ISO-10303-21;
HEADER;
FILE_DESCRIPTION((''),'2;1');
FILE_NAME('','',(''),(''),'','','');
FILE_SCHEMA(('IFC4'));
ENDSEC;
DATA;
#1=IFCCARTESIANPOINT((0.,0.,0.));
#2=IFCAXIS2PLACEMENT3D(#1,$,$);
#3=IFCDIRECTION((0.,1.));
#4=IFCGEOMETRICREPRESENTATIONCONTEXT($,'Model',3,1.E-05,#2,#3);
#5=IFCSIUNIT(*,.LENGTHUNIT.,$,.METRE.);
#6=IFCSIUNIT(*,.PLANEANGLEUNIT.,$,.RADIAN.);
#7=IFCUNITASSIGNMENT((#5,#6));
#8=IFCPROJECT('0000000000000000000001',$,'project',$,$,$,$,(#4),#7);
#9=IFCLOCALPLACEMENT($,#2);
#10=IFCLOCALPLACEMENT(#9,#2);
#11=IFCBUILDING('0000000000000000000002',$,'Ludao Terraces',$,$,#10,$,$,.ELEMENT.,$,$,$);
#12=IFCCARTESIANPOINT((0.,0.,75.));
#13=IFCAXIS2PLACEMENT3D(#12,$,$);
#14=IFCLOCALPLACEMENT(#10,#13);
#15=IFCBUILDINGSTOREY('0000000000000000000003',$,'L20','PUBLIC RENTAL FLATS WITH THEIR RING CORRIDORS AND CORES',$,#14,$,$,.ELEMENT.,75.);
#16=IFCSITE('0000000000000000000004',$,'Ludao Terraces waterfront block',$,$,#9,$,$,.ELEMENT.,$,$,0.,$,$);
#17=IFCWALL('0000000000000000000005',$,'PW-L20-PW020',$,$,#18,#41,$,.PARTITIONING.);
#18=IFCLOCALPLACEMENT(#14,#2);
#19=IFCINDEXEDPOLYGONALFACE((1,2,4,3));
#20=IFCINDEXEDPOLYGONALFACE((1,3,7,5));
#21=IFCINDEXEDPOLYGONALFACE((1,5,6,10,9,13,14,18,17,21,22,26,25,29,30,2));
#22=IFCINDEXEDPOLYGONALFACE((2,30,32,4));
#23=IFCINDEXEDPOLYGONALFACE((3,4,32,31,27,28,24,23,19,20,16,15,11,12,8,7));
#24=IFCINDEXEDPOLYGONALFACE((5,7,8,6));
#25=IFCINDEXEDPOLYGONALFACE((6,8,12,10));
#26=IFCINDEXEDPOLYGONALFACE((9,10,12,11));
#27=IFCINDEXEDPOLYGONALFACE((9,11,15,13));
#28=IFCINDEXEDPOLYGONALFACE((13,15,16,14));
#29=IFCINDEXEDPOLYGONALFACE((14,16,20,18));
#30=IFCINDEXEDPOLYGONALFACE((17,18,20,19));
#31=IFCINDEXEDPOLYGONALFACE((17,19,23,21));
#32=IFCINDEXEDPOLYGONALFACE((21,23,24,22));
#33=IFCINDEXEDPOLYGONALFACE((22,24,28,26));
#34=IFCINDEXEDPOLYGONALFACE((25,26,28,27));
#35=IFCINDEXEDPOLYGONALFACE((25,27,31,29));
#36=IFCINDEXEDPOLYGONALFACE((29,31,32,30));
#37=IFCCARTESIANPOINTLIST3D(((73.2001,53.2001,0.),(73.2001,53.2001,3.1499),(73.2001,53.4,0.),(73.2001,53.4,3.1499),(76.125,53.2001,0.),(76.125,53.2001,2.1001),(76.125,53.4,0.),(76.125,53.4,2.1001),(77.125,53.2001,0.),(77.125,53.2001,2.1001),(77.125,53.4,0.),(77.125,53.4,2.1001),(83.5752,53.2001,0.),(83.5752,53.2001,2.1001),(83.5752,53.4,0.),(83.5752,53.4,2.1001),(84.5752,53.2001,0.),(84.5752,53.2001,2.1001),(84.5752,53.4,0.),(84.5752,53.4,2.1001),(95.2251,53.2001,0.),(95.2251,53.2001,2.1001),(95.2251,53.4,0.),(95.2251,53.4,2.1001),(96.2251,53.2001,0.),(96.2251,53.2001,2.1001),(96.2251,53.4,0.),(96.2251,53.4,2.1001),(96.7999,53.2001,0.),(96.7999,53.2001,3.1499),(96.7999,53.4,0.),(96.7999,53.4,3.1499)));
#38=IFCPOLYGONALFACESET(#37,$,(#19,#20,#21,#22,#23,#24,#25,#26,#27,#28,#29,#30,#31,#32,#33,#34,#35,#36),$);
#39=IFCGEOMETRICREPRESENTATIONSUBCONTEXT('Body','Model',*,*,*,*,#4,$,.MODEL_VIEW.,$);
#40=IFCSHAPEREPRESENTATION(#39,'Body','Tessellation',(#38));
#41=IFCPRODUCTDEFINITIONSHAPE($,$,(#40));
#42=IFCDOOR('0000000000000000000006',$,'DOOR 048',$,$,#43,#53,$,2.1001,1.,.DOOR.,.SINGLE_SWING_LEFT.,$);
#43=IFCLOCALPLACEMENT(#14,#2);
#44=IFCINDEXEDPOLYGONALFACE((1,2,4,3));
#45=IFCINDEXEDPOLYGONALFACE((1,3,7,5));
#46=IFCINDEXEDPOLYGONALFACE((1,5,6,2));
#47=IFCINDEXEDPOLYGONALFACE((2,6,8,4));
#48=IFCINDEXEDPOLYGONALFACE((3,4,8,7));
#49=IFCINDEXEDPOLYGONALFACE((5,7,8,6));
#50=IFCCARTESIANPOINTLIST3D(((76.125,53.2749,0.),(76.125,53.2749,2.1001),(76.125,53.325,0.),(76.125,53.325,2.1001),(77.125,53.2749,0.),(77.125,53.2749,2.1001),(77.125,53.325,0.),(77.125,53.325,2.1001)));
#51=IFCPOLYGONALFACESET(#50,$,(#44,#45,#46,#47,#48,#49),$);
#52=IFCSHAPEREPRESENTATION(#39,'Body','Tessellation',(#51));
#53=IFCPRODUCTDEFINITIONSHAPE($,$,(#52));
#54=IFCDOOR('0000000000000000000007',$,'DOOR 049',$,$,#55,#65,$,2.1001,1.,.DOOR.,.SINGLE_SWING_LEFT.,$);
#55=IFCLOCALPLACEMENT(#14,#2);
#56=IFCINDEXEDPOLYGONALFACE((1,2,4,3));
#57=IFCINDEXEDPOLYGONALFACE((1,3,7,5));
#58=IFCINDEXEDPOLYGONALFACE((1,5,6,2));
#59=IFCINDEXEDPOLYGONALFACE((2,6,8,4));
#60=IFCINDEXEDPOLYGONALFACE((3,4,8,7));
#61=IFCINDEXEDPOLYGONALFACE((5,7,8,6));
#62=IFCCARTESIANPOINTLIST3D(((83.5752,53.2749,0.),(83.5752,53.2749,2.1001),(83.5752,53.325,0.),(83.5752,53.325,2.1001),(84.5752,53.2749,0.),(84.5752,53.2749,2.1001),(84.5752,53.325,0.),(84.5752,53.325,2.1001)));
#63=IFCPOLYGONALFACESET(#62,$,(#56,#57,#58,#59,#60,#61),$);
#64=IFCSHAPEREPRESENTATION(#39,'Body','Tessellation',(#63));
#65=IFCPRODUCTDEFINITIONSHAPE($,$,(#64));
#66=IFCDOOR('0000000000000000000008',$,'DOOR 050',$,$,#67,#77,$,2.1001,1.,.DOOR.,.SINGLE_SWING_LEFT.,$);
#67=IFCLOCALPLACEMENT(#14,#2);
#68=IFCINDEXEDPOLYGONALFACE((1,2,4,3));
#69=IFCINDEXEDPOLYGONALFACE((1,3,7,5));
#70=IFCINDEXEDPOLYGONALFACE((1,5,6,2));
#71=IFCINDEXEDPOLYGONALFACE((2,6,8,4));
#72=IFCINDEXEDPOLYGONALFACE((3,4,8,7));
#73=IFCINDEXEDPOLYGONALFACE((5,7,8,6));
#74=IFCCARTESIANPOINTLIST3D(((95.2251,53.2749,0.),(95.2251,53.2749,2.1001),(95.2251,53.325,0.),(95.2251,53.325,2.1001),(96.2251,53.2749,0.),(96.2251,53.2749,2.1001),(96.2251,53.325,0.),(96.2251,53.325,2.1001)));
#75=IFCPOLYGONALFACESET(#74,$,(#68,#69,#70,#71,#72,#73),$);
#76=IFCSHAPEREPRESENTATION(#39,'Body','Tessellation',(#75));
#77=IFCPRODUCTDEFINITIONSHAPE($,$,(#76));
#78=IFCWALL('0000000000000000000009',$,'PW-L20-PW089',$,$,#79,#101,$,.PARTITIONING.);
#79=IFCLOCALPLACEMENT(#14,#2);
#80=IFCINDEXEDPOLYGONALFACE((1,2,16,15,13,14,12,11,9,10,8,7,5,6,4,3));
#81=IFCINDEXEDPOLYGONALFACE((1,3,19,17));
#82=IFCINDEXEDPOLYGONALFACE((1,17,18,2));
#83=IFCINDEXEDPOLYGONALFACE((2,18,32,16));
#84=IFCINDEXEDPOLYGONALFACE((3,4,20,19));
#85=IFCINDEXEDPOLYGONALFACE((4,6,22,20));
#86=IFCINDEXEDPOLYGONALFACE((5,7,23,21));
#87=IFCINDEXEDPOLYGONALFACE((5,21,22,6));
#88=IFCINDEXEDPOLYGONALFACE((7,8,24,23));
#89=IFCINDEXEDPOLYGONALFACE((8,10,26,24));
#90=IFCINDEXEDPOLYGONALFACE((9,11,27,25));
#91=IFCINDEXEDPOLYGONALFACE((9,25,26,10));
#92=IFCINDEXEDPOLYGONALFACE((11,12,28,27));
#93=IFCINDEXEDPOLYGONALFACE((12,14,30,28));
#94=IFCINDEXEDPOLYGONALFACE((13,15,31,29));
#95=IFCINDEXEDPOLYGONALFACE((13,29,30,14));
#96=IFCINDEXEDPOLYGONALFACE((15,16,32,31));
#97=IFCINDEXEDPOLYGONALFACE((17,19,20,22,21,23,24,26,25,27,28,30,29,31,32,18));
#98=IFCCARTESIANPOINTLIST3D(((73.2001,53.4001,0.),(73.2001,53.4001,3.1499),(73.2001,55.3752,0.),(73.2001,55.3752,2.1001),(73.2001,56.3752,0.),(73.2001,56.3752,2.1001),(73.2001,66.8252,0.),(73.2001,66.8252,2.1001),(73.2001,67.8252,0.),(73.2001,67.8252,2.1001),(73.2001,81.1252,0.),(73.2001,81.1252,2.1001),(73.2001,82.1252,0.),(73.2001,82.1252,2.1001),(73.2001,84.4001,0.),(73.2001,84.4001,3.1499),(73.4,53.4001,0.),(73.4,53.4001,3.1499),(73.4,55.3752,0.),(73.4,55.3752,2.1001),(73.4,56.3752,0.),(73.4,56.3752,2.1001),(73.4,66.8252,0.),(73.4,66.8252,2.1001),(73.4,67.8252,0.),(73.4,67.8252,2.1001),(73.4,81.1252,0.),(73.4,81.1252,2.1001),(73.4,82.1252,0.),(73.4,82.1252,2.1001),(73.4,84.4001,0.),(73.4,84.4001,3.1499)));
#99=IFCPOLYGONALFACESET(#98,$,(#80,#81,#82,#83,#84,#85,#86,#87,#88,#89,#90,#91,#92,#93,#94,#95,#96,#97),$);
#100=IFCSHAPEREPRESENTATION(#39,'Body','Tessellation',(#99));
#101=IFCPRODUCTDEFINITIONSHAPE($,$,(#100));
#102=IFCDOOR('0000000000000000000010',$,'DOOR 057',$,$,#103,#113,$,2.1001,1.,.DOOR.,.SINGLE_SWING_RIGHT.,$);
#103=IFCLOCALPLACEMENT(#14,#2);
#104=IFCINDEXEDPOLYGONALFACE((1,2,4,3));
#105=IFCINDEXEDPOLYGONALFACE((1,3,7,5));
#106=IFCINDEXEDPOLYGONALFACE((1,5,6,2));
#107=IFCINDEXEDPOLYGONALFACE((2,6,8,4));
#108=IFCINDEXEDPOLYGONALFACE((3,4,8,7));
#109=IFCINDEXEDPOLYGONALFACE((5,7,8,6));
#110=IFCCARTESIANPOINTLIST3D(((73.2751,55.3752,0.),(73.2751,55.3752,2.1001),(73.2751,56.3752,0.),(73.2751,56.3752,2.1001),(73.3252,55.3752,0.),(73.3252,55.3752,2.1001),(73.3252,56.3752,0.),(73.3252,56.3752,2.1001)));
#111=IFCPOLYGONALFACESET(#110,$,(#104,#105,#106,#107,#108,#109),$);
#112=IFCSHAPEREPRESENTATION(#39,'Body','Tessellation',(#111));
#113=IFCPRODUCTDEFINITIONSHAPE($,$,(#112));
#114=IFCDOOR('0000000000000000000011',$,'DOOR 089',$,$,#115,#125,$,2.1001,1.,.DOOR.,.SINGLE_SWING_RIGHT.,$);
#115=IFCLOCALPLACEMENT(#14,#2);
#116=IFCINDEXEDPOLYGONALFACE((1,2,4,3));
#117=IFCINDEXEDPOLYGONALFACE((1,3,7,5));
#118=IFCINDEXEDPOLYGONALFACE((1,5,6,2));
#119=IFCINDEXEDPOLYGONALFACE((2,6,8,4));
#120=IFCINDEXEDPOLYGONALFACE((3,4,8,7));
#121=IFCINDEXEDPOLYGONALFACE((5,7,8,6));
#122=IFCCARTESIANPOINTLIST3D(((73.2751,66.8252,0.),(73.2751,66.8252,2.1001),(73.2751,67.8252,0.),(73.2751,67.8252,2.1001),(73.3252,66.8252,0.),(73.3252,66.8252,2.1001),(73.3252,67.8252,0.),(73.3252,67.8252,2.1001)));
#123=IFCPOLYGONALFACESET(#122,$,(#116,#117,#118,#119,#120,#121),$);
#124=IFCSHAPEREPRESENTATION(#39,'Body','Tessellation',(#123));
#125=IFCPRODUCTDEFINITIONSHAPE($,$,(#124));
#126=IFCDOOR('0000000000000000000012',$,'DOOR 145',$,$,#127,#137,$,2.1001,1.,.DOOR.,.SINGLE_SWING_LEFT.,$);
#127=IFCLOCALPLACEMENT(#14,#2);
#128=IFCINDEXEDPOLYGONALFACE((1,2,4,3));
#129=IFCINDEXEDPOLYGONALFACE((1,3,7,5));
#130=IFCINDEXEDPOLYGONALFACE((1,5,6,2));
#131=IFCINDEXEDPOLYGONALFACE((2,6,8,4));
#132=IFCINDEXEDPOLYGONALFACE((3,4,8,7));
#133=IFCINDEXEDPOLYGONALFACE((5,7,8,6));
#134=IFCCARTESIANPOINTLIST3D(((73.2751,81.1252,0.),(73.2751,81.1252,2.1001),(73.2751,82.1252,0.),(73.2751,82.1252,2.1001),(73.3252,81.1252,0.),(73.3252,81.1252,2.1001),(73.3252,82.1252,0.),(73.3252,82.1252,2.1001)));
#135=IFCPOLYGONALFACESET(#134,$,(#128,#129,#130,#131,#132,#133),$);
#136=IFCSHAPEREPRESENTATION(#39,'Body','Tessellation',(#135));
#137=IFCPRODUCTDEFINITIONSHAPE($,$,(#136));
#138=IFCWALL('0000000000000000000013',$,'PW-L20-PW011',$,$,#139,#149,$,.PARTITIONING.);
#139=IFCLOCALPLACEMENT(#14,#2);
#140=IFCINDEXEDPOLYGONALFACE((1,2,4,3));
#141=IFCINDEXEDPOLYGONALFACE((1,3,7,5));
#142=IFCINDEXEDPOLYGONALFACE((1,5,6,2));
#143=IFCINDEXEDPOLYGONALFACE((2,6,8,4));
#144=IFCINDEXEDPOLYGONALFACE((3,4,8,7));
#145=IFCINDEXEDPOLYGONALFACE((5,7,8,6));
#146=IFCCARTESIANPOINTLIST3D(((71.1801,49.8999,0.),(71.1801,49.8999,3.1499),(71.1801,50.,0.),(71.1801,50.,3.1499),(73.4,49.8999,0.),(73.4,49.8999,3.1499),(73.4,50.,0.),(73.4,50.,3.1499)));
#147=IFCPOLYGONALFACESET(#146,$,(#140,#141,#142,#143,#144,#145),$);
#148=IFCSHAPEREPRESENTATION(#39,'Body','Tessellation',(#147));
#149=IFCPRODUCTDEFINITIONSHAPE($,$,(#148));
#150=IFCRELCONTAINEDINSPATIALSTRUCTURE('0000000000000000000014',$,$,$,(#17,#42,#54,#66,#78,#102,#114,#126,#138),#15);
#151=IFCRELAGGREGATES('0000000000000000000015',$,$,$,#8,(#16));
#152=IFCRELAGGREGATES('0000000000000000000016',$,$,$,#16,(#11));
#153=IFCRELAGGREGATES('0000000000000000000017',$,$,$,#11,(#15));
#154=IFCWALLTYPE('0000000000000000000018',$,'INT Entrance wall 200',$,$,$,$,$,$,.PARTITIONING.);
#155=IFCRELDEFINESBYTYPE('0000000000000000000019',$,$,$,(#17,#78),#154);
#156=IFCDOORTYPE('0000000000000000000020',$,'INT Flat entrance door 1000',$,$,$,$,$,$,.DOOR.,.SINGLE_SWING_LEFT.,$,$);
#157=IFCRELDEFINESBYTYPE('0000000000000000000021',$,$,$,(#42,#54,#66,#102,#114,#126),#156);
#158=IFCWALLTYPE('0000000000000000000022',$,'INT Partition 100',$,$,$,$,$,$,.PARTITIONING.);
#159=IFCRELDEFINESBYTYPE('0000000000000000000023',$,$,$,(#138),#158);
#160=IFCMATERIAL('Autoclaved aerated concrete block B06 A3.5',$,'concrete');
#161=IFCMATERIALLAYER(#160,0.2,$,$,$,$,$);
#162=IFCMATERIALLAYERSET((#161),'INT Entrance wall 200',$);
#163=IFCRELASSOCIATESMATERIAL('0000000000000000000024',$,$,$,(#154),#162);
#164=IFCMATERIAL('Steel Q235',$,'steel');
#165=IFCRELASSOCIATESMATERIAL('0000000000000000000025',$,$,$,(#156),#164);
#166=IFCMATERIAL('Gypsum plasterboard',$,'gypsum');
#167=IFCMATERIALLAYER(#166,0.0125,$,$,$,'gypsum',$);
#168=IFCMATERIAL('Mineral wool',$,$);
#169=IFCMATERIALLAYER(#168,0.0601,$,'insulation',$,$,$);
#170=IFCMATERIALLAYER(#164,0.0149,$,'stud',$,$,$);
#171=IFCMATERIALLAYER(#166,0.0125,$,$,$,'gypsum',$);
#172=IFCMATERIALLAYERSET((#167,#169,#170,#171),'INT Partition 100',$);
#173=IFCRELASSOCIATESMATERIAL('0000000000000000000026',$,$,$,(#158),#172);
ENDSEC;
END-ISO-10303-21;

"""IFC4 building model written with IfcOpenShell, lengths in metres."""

from ifc_helpers import new_model, si_unit, direction, frame, frame_2d, origin, place, context, subcontext, project, spatial, rectangle, extrude, material, layer, layer_set, type_object, element, fill, save


model = new_model("IFC4")

# Units and contexts
model_context = context("Model", 3, precision=1e-05, world=origin(), true_north=direction((0.0, 1.0)))
body_context = subcontext(model_context, "Body", "Model", "MODEL_VIEW")
ifc_project = project(units=[si_unit("LENGTHUNIT", "METRE"), si_unit("PLANEANGLEUNIT", "RADIAN")], contexts=[model_context])

# Site, building, storey
site_placement = place(None, origin())
site = spatial("IfcSite", under=ifc_project, at=site_placement, Name="Ludao Terraces waterfront block", CompositionType="ELEMENT", RefElevation=0.0)
building_placement = place(site_placement, origin())
building = spatial("IfcBuilding", under=site, at=building_placement, Name="Ludao Terraces", CompositionType="ELEMENT")
storey_placement = place(building_placement, frame((0.0, 0.0, 75.0)))
storey = spatial("IfcBuildingStorey", under=building, at=storey_placement, Name="L20", Description="PUBLIC RENTAL FLATS WITH THEIR RING CORRIDORS AND CORES", CompositionType="ELEMENT", Elevation=75.0)

# Walls, openings, doors
ifc_material_1 = material(Name="Autoclaved aerated concrete block B06 A3.5", Category="concrete")
ifc_layer_1 = layer(ifc_material_1, 0.2)
ifc_layer_set_1 = layer_set([ifc_layer_1], Name="INT Entrance wall 200")
wall_type_1 = type_object("IfcWallType", Name="INT Entrance wall 200", PredefinedType="PARTITIONING", material=ifc_layer_set_1)
wall_1_placement = place(storey_placement, frame((73.2002, 53.3, 0.0), z_axis=(0.0, 0.0, 1.0), x_axis=(1.0, 0.0, 0.0)))
wall_1 = element("IfcWall", 1, at=wall_1_placement, inside=storey, type_object=wall_type_1, Name="PW-L20-PW020", PredefinedType="PARTITIONING", context=body_context, shape_type="SweptSolid", body=[
    extrude(rectangle(XDim=23.5999, YDim=0.2, at=frame_2d((11.7998, 0.0))), origin(), (0.0, 0.0, 1.0), 3.1499),
])
opening_1_placement = place(wall_1_placement, frame((2.9248, 0.0, 0.0)))
opening_1 = element("IfcOpeningElement", 2, at=opening_1_placement, cuts=wall_1, PredefinedType="OPENING", context=body_context, shape_type="SweptSolid", body=[
    extrude(rectangle(XDim=1.0, YDim=2.1001, at=frame_2d((0.5, 1.05))), frame((0.0, 0.1099, 0.0), z_axis=(0.0, -1.0, 0.0), x_axis=(1.0, 0.0, 0.0)), (0.0, 0.0, 1.0), 0.22),
])
opening_2_placement = place(wall_1_placement, frame((10.375, 0.0, 0.0)))
opening_2 = element("IfcOpeningElement", 3, at=opening_2_placement, cuts=wall_1, PredefinedType="OPENING", context=body_context, shape_type="SweptSolid", body=[
    extrude(rectangle(XDim=1.0, YDim=2.1001, at=frame_2d((0.5, 1.05))), frame((0.0, 0.1099, 0.0), z_axis=(0.0, -1.0, 0.0), x_axis=(1.0, 0.0, 0.0)), (0.0, 0.0, 1.0), 0.22),
])
opening_3_placement = place(wall_1_placement, frame((22.0249, 0.0, 0.0)))
opening_3 = element("IfcOpeningElement", 4, at=opening_3_placement, cuts=wall_1, PredefinedType="OPENING", context=body_context, shape_type="SweptSolid", body=[
    extrude(rectangle(XDim=1.0, YDim=2.1001, at=frame_2d((0.5, 1.05))), frame((0.0, 0.1099, 0.0), z_axis=(0.0, -1.0, 0.0), x_axis=(1.0, 0.0, 0.0)), (0.0, 0.0, 1.0), 0.22),
])
ifc_material_2 = material(Name="Steel Q235", Category="steel")
door_type_1 = type_object("IfcDoorType", Name="INT Flat entrance door 1000", OperationType="SINGLE_SWING_LEFT", PredefinedType="DOOR", material=ifc_material_2)
door_1_placement = place(opening_1_placement, origin())
door_1 = element("IfcDoor", 5, at=door_1_placement, inside=storey, type_object=door_type_1, Name="DOOR 048", OperationType="SINGLE_SWING_LEFT", OverallHeight=2.1001, OverallWidth=1.0, PredefinedType="DOOR", context=body_context, shape_type="SweptSolid", body=[
    extrude(rectangle(XDim=1.0, YDim=2.1001, at=frame_2d((0.5, 1.05))), frame((0.0, 0.0249, 0.0), z_axis=(0.0, -1.0, 0.0), x_axis=(1.0, 0.0, 0.0)), (0.0, 0.0, 1.0), 0.05),
])
fill(opening_1, door_1)
door_2_placement = place(opening_2_placement, origin())
door_2 = element("IfcDoor", 6, at=door_2_placement, inside=storey, type_object=door_type_1, Name="DOOR 049", OperationType="SINGLE_SWING_LEFT", OverallHeight=2.1001, OverallWidth=1.0, PredefinedType="DOOR", context=body_context, shape_type="SweptSolid", body=[
    extrude(rectangle(XDim=1.0, YDim=2.1001, at=frame_2d((0.5, 1.05))), frame((0.0, 0.0249, 0.0), z_axis=(0.0, -1.0, 0.0), x_axis=(1.0, 0.0, 0.0)), (0.0, 0.0, 1.0), 0.05),
])
fill(opening_2, door_2)
door_3_placement = place(opening_3_placement, origin())
door_3 = element("IfcDoor", 7, at=door_3_placement, inside=storey, type_object=door_type_1, Name="DOOR 050", OperationType="SINGLE_SWING_LEFT", OverallHeight=2.1001, OverallWidth=1.0, PredefinedType="DOOR", context=body_context, shape_type="SweptSolid", body=[
    extrude(rectangle(XDim=1.0, YDim=2.1001, at=frame_2d((0.5, 1.05))), frame((0.0, 0.0249, 0.0), z_axis=(0.0, -1.0, 0.0), x_axis=(1.0, 0.0, 0.0)), (0.0, 0.0, 1.0), 0.05),
])
fill(opening_3, door_3)
wall_2_placement = place(storey_placement, frame((73.3, 53.4001, 0.0), z_axis=(0.0, 0.0, 1.0), x_axis=(0.0, 1.0, 0.0)))
wall_2 = element("IfcWall", 8, at=wall_2_placement, inside=storey, type_object=wall_type_1, Name="PW-L20-PW089", PredefinedType="PARTITIONING", context=body_context, shape_type="SweptSolid", body=[
    extrude(rectangle(XDim=31.0, YDim=0.2, at=frame_2d((15.5, 0.0))), origin(), (0.0, 0.0, 1.0), 3.1499),
])
opening_4_placement = place(wall_2_placement, frame((1.9751, 0.0, 0.0)))
opening_4 = element("IfcOpeningElement", 9, at=opening_4_placement, cuts=wall_2, PredefinedType="OPENING", context=body_context, shape_type="SweptSolid", body=[
    extrude(rectangle(XDim=1.0, YDim=2.1001, at=frame_2d((0.5, 1.05))), frame((0.0, 0.1099, 0.0), z_axis=(0.0, -1.0, 0.0), x_axis=(1.0, 0.0, 0.0)), (0.0, 0.0, 1.0), 0.22),
])
opening_5_placement = place(wall_2_placement, frame((13.425, 0.0, 0.0)))
opening_5 = element("IfcOpeningElement", 10, at=opening_5_placement, cuts=wall_2, PredefinedType="OPENING", context=body_context, shape_type="SweptSolid", body=[
    extrude(rectangle(XDim=1.0, YDim=2.1001, at=frame_2d((0.5, 1.05))), frame((0.0, 0.1099, 0.0), z_axis=(0.0, -1.0, 0.0), x_axis=(1.0, 0.0, 0.0)), (0.0, 0.0, 1.0), 0.22),
])
opening_6_placement = place(wall_2_placement, frame((27.7251, 0.0, 0.0)))
opening_6 = element("IfcOpeningElement", 11, at=opening_6_placement, cuts=wall_2, PredefinedType="OPENING", context=body_context, shape_type="SweptSolid", body=[
    extrude(rectangle(XDim=1.0, YDim=2.1001, at=frame_2d((0.5, 1.05))), frame((0.0, 0.1099, 0.0), z_axis=(0.0, -1.0, 0.0), x_axis=(1.0, 0.0, 0.0)), (0.0, 0.0, 1.0), 0.22),
])
door_4_placement = place(opening_4_placement, origin())
door_4 = element("IfcDoor", 12, at=door_4_placement, inside=storey, type_object=door_type_1, Name="DOOR 057", OperationType="SINGLE_SWING_RIGHT", OverallHeight=2.1001, OverallWidth=1.0, PredefinedType="DOOR", context=body_context, shape_type="SweptSolid", body=[
    extrude(rectangle(XDim=1.0, YDim=2.1001, at=frame_2d((0.5, 1.05))), frame((0.0, 0.0249, 0.0), z_axis=(0.0, -1.0, 0.0), x_axis=(1.0, 0.0, 0.0)), (0.0, 0.0, 1.0), 0.05),
])
fill(opening_4, door_4)
door_5_placement = place(opening_5_placement, origin())
door_5 = element("IfcDoor", 13, at=door_5_placement, inside=storey, type_object=door_type_1, Name="DOOR 089", OperationType="SINGLE_SWING_RIGHT", OverallHeight=2.1001, OverallWidth=1.0, PredefinedType="DOOR", context=body_context, shape_type="SweptSolid", body=[
    extrude(rectangle(XDim=1.0, YDim=2.1001, at=frame_2d((0.5, 1.05))), frame((0.0, 0.0249, 0.0), z_axis=(0.0, -1.0, 0.0), x_axis=(1.0, 0.0, 0.0)), (0.0, 0.0, 1.0), 0.05),
])
fill(opening_5, door_5)
door_6_placement = place(opening_6_placement, origin())
door_6 = element("IfcDoor", 14, at=door_6_placement, inside=storey, type_object=door_type_1, Name="DOOR 145", OperationType="SINGLE_SWING_LEFT", OverallHeight=2.1001, OverallWidth=1.0, PredefinedType="DOOR", context=body_context, shape_type="SweptSolid", body=[
    extrude(rectangle(XDim=1.0, YDim=2.1001, at=frame_2d((0.5, 1.05))), frame((0.0, 0.0249, 0.0), z_axis=(0.0, -1.0, 0.0), x_axis=(1.0, 0.0, 0.0)), (0.0, 0.0, 1.0), 0.05),
])
fill(opening_6, door_6)

# Wall
ifc_material_3 = material(Name="Gypsum plasterboard", Category="gypsum")
ifc_layer_2 = layer(ifc_material_3, 0.0125, Category="gypsum")
ifc_material_4 = material(Name="Mineral wool")
ifc_layer_3 = layer(ifc_material_4, 0.0601, Name="insulation")
ifc_layer_4 = layer(ifc_material_2, 0.0149, Name="stud")
ifc_layer_5 = layer(ifc_material_3, 0.0125, Category="gypsum")
ifc_layer_set_2 = layer_set([ifc_layer_2, ifc_layer_3, ifc_layer_4, ifc_layer_5], Name="INT Partition 100")
wall_type_2 = type_object("IfcWallType", Name="INT Partition 100", PredefinedType="PARTITIONING", material=ifc_layer_set_2)
wall_3_placement = place(storey_placement, frame((71.1802, 49.95, 0.0), z_axis=(0.0, 0.0, 1.0), x_axis=(1.0, 0.0, 0.0)))
element("IfcWall", 15, at=wall_3_placement, inside=storey, type_object=wall_type_2, Name="PW-L20-PW011", PredefinedType="PARTITIONING", context=body_context, shape_type="SweptSolid", body=[
    extrude(rectangle(XDim=2.22, YDim=0.1001, at=frame_2d((1.1099, 0.0))), origin(), (0.0, 0.0, 1.0), 3.1499),
])

save(model, "model.ifc")
